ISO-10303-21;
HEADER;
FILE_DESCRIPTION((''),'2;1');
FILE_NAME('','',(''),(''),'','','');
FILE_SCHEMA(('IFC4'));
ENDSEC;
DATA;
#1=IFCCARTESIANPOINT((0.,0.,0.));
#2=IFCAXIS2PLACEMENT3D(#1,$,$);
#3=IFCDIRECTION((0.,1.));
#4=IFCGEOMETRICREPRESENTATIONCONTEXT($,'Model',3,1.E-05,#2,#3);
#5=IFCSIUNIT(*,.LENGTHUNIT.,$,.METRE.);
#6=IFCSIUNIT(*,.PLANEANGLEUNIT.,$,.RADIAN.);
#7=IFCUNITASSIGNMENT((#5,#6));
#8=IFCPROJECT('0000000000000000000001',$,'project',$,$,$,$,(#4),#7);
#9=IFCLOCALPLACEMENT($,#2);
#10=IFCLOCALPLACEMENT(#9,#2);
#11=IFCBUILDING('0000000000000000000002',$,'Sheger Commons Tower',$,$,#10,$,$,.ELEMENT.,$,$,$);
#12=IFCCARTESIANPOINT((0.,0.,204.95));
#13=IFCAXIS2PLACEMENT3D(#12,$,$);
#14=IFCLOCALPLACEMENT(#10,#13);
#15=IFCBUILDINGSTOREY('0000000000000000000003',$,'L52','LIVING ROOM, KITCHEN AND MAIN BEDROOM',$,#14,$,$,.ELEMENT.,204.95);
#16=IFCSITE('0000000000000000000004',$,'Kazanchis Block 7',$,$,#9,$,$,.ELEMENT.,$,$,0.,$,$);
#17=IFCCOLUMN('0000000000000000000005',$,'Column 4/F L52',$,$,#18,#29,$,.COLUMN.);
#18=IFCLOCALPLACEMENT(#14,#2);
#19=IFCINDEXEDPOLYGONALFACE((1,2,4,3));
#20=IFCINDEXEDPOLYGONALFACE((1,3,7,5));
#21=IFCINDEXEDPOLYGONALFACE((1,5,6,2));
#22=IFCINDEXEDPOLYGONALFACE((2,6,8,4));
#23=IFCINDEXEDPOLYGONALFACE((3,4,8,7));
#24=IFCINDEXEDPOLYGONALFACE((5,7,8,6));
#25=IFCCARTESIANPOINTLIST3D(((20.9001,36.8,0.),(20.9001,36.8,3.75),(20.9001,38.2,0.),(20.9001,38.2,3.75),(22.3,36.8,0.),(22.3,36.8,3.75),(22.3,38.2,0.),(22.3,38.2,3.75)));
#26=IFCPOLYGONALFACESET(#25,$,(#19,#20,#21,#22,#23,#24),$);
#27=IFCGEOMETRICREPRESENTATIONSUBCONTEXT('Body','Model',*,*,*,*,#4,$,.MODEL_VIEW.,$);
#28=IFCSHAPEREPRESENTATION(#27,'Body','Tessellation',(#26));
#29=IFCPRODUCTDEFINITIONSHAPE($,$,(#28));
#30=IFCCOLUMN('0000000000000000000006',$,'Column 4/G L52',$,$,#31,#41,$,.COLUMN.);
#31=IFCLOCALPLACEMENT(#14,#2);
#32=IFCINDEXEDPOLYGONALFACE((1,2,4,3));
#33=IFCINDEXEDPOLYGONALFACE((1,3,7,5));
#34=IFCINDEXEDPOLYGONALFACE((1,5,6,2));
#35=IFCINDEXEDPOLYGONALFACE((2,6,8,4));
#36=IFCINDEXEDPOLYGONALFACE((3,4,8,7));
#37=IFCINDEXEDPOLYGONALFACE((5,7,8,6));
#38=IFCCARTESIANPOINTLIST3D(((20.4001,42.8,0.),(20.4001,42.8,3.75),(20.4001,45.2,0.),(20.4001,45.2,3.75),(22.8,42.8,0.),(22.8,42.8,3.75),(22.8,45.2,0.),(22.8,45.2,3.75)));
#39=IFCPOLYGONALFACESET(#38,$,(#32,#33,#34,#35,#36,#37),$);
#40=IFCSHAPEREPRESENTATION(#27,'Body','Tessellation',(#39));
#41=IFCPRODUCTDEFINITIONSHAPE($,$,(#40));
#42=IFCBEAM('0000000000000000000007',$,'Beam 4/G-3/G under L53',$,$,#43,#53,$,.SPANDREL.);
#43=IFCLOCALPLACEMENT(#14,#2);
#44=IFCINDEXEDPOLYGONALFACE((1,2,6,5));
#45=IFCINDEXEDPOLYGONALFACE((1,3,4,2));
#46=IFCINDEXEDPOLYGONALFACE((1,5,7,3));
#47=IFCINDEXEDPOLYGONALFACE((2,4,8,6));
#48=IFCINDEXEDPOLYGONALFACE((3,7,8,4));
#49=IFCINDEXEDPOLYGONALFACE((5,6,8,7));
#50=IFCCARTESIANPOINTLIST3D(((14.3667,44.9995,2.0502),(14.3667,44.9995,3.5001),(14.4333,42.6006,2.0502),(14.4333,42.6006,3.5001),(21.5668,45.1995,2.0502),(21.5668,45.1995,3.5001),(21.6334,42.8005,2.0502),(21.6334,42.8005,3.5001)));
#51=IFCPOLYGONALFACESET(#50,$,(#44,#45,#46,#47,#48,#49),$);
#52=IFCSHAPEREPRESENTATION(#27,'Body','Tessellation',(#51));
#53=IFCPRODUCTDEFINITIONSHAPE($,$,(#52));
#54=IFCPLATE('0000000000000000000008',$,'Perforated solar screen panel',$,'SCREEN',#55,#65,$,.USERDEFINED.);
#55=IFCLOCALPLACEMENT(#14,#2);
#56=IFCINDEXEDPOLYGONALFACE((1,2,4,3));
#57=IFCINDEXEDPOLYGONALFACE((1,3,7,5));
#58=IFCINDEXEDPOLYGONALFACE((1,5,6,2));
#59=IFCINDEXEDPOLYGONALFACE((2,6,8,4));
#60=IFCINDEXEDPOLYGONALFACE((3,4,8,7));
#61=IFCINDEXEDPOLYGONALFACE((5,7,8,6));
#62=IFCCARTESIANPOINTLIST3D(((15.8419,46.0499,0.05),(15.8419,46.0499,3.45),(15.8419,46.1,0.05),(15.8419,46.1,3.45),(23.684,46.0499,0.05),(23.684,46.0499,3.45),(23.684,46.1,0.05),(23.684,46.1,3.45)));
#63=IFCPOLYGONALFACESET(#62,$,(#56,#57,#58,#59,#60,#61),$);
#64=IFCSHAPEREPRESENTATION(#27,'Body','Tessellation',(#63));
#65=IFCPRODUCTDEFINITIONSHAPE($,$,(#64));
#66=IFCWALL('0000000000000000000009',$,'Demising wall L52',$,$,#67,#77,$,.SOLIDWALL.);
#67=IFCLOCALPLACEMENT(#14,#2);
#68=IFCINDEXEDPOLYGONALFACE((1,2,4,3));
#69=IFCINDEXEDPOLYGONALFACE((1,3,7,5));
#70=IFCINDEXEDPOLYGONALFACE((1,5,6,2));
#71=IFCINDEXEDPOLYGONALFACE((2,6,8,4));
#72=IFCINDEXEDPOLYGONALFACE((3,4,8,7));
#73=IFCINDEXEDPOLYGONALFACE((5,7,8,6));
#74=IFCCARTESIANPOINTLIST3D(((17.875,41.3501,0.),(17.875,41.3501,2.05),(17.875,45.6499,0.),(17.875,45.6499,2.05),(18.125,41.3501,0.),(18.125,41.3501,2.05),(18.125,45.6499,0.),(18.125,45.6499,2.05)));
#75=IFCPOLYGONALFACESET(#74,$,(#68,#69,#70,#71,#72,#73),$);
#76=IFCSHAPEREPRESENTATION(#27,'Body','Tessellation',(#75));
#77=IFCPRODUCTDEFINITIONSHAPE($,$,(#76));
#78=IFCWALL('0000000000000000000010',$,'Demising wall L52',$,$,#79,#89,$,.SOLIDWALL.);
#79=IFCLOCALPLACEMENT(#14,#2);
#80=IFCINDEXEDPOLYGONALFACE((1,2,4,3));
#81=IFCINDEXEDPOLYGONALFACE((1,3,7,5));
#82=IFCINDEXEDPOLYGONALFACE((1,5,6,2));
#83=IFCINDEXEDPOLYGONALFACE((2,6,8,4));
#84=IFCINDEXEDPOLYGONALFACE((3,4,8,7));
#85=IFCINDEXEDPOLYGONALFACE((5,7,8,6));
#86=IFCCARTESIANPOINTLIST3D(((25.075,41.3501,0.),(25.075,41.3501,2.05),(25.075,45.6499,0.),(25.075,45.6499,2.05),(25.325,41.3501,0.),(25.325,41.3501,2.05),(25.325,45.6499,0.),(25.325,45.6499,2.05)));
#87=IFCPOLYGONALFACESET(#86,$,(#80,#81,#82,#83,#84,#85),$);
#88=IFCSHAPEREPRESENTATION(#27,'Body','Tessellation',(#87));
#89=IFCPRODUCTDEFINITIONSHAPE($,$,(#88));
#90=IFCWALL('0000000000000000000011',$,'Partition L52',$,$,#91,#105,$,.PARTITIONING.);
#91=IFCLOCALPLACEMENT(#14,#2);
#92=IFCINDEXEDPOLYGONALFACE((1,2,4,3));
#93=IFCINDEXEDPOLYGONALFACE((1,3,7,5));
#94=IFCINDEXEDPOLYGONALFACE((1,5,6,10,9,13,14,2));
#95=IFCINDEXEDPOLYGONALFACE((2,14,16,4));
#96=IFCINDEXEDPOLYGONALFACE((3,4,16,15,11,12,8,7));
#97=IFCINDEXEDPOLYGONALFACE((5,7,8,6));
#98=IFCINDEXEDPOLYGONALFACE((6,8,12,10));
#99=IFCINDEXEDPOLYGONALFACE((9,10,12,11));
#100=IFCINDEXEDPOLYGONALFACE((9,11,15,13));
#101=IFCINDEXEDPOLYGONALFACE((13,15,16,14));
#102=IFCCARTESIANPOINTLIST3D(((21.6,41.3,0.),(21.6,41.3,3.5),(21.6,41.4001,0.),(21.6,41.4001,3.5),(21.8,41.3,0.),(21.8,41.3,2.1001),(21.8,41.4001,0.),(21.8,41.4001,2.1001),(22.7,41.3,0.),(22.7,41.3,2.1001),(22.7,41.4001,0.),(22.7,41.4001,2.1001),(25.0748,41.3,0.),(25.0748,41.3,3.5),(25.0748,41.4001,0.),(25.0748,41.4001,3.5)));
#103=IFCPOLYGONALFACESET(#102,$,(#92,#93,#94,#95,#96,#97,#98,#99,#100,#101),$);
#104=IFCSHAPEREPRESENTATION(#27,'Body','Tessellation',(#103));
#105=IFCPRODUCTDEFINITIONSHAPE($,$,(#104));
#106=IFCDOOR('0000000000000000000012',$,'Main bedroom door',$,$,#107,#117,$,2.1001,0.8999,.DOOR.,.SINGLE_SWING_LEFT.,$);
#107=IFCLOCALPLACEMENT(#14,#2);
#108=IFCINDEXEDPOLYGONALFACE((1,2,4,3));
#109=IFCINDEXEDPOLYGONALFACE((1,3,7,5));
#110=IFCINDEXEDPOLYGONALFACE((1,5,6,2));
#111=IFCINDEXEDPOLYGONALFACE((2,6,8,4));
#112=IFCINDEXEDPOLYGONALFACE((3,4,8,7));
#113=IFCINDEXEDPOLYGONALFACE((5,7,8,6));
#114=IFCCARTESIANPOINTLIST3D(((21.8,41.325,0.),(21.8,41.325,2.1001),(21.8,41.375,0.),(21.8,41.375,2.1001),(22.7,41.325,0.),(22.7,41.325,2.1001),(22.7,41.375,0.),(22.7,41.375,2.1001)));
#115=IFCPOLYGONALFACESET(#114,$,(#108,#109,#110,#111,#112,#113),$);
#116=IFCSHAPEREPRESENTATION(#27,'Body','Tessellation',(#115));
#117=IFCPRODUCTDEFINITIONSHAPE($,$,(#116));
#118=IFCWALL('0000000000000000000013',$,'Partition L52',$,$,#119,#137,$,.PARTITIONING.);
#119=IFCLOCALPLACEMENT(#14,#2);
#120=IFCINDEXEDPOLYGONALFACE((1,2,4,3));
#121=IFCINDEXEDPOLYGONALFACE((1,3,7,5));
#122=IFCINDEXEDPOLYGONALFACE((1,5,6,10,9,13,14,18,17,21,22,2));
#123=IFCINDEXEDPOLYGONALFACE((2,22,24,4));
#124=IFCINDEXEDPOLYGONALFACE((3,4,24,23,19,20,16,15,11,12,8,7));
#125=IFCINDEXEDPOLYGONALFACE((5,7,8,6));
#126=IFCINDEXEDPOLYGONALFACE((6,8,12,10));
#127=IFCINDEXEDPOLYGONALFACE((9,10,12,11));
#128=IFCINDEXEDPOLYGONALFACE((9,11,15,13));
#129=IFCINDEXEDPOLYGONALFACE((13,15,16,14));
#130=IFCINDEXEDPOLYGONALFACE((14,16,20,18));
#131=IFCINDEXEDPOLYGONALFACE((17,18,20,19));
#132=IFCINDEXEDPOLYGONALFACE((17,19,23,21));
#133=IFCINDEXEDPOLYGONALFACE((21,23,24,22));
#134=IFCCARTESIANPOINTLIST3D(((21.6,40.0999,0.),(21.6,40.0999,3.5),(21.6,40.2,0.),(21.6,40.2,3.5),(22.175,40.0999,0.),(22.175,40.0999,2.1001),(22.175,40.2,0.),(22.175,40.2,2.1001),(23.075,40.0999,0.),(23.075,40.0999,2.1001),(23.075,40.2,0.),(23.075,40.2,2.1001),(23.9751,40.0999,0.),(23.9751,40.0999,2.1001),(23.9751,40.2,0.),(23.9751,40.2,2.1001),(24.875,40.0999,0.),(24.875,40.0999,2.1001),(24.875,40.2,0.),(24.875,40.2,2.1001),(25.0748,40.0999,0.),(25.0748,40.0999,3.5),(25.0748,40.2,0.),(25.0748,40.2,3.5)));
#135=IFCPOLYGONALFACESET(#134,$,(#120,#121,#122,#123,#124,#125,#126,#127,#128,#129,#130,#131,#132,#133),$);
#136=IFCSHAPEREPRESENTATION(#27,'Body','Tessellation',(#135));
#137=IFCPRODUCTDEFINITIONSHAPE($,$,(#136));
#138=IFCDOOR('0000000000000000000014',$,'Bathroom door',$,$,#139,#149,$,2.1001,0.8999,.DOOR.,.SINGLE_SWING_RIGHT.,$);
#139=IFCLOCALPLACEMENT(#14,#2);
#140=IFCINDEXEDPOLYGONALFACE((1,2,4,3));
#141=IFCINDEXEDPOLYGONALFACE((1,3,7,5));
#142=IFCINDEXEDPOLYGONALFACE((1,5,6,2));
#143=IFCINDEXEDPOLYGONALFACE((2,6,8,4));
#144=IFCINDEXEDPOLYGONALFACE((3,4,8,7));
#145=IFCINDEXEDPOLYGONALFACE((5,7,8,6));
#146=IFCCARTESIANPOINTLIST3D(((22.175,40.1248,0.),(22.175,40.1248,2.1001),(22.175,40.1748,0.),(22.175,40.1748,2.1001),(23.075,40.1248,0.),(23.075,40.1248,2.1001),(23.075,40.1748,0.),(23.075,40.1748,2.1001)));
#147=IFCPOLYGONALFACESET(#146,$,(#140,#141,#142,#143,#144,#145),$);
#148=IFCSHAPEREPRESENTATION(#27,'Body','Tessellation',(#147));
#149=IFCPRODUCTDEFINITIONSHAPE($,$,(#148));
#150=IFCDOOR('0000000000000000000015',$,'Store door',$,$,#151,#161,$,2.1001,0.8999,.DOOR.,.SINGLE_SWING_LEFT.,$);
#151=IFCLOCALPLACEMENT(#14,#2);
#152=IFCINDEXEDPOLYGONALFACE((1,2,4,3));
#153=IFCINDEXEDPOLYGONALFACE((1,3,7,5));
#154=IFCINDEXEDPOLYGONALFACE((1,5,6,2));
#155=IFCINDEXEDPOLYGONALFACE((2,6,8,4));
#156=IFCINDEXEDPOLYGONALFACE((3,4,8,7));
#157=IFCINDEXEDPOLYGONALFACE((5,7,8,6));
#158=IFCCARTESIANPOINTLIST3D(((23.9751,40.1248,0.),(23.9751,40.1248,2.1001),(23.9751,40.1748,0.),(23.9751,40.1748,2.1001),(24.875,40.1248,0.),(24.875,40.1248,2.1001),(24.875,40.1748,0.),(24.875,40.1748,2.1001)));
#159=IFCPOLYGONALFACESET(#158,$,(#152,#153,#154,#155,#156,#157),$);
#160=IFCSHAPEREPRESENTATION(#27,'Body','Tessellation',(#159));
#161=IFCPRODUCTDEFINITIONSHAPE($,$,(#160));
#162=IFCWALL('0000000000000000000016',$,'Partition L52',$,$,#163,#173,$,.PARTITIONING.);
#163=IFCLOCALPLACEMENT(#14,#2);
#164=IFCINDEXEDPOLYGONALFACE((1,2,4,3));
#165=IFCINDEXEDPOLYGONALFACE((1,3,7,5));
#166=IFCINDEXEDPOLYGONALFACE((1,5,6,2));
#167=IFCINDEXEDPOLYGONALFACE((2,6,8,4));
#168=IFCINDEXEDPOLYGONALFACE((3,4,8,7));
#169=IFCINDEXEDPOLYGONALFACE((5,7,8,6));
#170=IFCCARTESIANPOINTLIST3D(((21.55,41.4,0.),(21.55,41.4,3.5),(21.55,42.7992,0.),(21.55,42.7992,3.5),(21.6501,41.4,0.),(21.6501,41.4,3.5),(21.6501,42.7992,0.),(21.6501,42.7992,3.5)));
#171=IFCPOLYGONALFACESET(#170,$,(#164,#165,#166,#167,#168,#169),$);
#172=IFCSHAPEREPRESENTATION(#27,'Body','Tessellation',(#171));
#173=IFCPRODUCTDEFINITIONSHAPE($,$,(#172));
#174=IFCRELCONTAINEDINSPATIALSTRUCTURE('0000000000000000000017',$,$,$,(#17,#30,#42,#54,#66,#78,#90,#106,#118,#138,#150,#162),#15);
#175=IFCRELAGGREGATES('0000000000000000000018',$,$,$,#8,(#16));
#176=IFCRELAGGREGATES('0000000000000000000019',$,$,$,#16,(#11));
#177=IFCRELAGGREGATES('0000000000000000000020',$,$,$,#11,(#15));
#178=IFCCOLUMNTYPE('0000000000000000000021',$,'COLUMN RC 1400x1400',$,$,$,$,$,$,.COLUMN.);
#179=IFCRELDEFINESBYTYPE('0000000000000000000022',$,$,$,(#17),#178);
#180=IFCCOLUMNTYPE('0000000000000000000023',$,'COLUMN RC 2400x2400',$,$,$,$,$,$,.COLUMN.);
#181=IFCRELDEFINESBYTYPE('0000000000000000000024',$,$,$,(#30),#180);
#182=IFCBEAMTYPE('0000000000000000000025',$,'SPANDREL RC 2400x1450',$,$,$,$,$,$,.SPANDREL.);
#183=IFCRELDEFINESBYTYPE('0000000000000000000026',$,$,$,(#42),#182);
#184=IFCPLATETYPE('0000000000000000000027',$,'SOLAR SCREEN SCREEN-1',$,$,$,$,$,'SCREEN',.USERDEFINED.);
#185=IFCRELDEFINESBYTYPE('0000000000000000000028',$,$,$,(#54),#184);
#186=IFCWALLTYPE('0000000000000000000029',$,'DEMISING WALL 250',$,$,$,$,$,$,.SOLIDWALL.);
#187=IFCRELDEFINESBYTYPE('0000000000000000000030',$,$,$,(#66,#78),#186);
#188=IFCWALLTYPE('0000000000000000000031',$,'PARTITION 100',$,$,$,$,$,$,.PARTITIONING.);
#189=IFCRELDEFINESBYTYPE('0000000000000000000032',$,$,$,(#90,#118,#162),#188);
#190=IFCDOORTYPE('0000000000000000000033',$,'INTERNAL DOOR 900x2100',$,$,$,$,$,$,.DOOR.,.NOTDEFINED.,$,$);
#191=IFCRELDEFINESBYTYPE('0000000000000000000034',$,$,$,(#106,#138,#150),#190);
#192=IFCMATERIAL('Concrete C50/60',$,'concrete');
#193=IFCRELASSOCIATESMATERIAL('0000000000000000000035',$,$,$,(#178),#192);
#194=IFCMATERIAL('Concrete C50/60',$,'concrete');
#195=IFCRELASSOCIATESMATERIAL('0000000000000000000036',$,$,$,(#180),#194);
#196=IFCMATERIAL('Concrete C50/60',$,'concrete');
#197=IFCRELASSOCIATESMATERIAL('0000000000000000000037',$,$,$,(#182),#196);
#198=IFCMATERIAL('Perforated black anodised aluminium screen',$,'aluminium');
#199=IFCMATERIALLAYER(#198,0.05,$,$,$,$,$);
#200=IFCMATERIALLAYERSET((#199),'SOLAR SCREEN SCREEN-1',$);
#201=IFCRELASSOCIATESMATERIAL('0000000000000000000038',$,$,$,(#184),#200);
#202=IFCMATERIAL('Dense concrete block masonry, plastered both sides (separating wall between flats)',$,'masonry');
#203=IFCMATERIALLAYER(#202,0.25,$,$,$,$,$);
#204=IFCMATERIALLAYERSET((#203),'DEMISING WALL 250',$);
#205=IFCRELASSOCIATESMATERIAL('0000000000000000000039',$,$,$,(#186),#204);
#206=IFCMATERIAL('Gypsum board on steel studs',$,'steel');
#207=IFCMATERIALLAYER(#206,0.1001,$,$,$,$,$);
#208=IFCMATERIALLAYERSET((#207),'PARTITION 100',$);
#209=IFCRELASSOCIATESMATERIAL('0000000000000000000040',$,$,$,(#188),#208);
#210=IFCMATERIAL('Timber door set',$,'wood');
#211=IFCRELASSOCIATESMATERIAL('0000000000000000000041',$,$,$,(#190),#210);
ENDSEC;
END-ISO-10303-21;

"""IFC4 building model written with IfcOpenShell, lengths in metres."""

from ifc_helpers import new_model, si_unit, direction, frame, frame_2d, origin, origin_2d, place, context, subcontext, project, spatial, rectangle, extrude, material, layer, layer_set, material_profile, profile_set, type_object, element, fill, save


model = new_model("IFC4")

# Units and contexts
model_context = context("Model", 3, precision=1e-05, world=origin(), true_north=direction((0.0, 1.0)))
body_context = subcontext(model_context, "Body", "Model", "MODEL_VIEW")
ifc_project = project(units=[si_unit("LENGTHUNIT", "METRE"), si_unit("PLANEANGLEUNIT", "RADIAN")], contexts=[model_context])

# Site, building, storey
site_placement = place(None, origin())
site = spatial("IfcSite", under=ifc_project, at=site_placement, Name="Kazanchis Block 7", CompositionType="ELEMENT", RefElevation=0.0)
building_placement = place(site_placement, origin())
building = spatial("IfcBuilding", under=site, at=building_placement, Name="Sheger Commons Tower", CompositionType="ELEMENT")
storey_placement = place(building_placement, frame((0.0, 0.0, 204.95)))
storey = spatial("IfcBuildingStorey", under=building, at=storey_placement, Name="L52", Description="LIVING ROOM, KITCHEN AND MAIN BEDROOM", CompositionType="ELEMENT", Elevation=204.95)

# Columns
ifc_material_1 = material(Name="Concrete C50/60", Category="concrete")
ifc_material_profile_1 = material_profile(ifc_material_1, rectangle(XDim=1.3999, YDim=1.3999, at=origin_2d()), Name="RC 1400x1400")
ifc_profile_set_1 = profile_set([ifc_material_profile_1], Name="Concrete C50/60")
column_type_1 = type_object("IfcColumnType", Name="COLUMN RC 1400x1400", PredefinedType="COLUMN", material=ifc_profile_set_1)
column_1_placement = place(storey_placement, frame((21.6001, 37.5, 0.0), z_axis=(0.0, 0.0, 1.0), x_axis=(1.0, 0.0, 0.0)))
element("IfcColumn", 1, at=column_1_placement, inside=storey, type_object=column_type_1, Name="Column 4/F L52", PredefinedType="COLUMN", context=body_context, shape_type="SweptSolid", body=[
    extrude(rectangle(XDim=1.3999, YDim=1.3999, at=origin_2d()), origin(), (0.0, 0.0, 1.0), 3.75),
])
ifc_material_2 = material(Name="Concrete C50/60", Category="concrete")
ifc_material_profile_2 = material_profile(ifc_material_2, rectangle(XDim=2.3999, YDim=2.3999, at=origin_2d()), Name="RC 2400x2400")
ifc_profile_set_2 = profile_set([ifc_material_profile_2], Name="Concrete C50/60")
column_type_2 = type_object("IfcColumnType", Name="COLUMN RC 2400x2400", PredefinedType="COLUMN", material=ifc_profile_set_2)
column_2_placement = place(storey_placement, frame((21.6001, 44.0, 0.0), z_axis=(0.0, 0.0, 1.0), x_axis=(1.0, 0.0, 0.0)))
element("IfcColumn", 2, at=column_2_placement, inside=storey, type_object=column_type_2, Name="Column 4/G L52", PredefinedType="COLUMN", context=body_context, shape_type="SweptSolid", body=[
    extrude(rectangle(XDim=2.3999, YDim=2.3999, at=origin_2d()), origin(), (0.0, 0.0, 1.0), 3.75),
])

# Beam
ifc_material_3 = material(Name="Concrete C50/60", Category="concrete")
ifc_material_profile_3 = material_profile(ifc_material_3, rectangle(XDim=2.3999, YDim=1.45, at=origin_2d()), Name="RC 2400x1450")
ifc_profile_set_3 = profile_set([ifc_material_profile_3], Name="Concrete C50/60")
beam_type = type_object("IfcBeamType", Name="SPANDREL RC 2400x1450", PredefinedType="SPANDREL", material=ifc_profile_set_3)
beam_placement = place(storey_placement, frame((21.6001, 44.0, 2.7751), z_axis=(-0.999615, -0.02776, 0.0), x_axis=(0.02776, -0.999615, 0.0)))
element("IfcBeam", 3, at=beam_placement, inside=storey, type_object=beam_type, Name="Beam 4/G-3/G under L53", PredefinedType="SPANDREL", context=body_context, shape_type="SweptSolid", body=[
    extrude(rectangle(XDim=2.3999, YDim=1.45, at=origin_2d()), origin(), (0.0, 0.0, 1.0), 7.2029),
])

# Plate
ifc_material_4 = material(Name="Perforated black anodised aluminium screen", Category="aluminium")
ifc_layer_1 = layer(ifc_material_4, 0.05)
ifc_layer_set_1 = layer_set([ifc_layer_1], Name="SOLAR SCREEN SCREEN-1")
plate_type = type_object("IfcPlateType", Name="SOLAR SCREEN SCREEN-1", ElementType="SCREEN", PredefinedType="USERDEFINED", material=ifc_layer_set_1)
plate_placement = place(storey_placement, frame((19.7629, 46.075, 0.05), z_axis=(0.0, 0.0, 1.0), x_axis=(-1.0, 0.0, 0.0)))
element("IfcPlate", 4, at=plate_placement, inside=storey, type_object=plate_type, Name="Perforated solar screen panel", ObjectType="SCREEN", PredefinedType="USERDEFINED", context=body_context, shape_type="SweptSolid", body=[
    extrude(rectangle(XDim=7.842, YDim=0.05, at=origin_2d()), origin(), (0.0, 0.0, 1.0), 3.3999),
])

# Walls
ifc_material_5 = material(Name="Dense concrete block masonry, plastered both sides (separating wall between flats)", Category="masonry")
ifc_layer_2 = layer(ifc_material_5, 0.25)
ifc_layer_set_2 = layer_set([ifc_layer_2], Name="DEMISING WALL 250")
wall_type_1 = type_object("IfcWallType", Name="DEMISING WALL 250", PredefinedType="SOLIDWALL", material=ifc_layer_set_2)
for number, where, z_axis, x_axis, name in (
    (5, (18.0, 41.3501, 0.0), (0.0, 0.0, 1.0), (0.0, 1.0, 0.0), "Demising wall L52"),
    (6, (25.2, 41.3501, 0.0), (0.0, 0.0, 1.0), (0.0, 1.0, 0.0), "Demising wall L52"),
):
    element("IfcWall", number, at=place(storey_placement, frame(where, z_axis=z_axis, x_axis=x_axis)), inside=storey, type_object=wall_type_1, Name=name, PredefinedType="SOLIDWALL", context=body_context, shape_type="SweptSolid", body=[
        extrude(rectangle(XDim=4.2998, YDim=0.25, at=frame_2d((2.1499, 0.0))), origin(), (0.0, 0.0, 1.0), 2.05),
    ])

# Wall, opening, door
ifc_material_6 = material(Name="Gypsum board on steel studs", Category="steel")
ifc_layer_3 = layer(ifc_material_6, 0.1001)
ifc_layer_set_3 = layer_set([ifc_layer_3], Name="PARTITION 100")
wall_type_2 = type_object("IfcWallType", Name="PARTITION 100", PredefinedType="PARTITIONING", material=ifc_layer_set_3)
wall_1_placement = place(storey_placement, frame((21.6001, 41.3501, 0.0), z_axis=(0.0, 0.0, 1.0), x_axis=(1.0, 0.0, 0.0)))
wall_1 = element("IfcWall", 7, at=wall_1_placement, inside=storey, type_object=wall_type_2, Name="Partition L52", PredefinedType="PARTITIONING", context=body_context, shape_type="SweptSolid", body=[
    extrude(rectangle(XDim=3.4749, YDim=0.1001, at=frame_2d((1.7373, 0.0))), origin(), (0.0, 0.0, 1.0), 3.5),
])
opening_1_placement = place(wall_1_placement, frame((0.2, 0.0, 0.0)))
opening_1 = element("IfcOpeningElement", 8, at=opening_1_placement, cuts=wall_1, PredefinedType="OPENING", context=body_context, shape_type="SweptSolid", body=[
    extrude(rectangle(XDim=0.8999, YDim=2.1001, at=frame_2d((0.45, 1.05))), frame((0.0, 0.0601, 0.0), z_axis=(0.0, -1.0, 0.0), x_axis=(1.0, 0.0, 0.0)), (0.0, 0.0, 1.0), 0.1201),
])
ifc_material_7 = material(Name="Timber door set", Category="wood")
door_type = type_object("IfcDoorType", Name="INTERNAL DOOR 900x2100", OperationType="NOTDEFINED", PredefinedType="DOOR", material=ifc_material_7)
door_1_placement = place(opening_1_placement, origin())
door_1 = element("IfcDoor", 9, at=door_1_placement, inside=storey, type_object=door_type, Name="Main bedroom door", OperationType="SINGLE_SWING_LEFT", OverallHeight=2.1001, OverallWidth=0.8999, PredefinedType="DOOR", context=body_context, shape_type="SweptSolid", body=[
    extrude(rectangle(XDim=0.8999, YDim=2.1001, at=frame_2d((0.45, 1.05))), frame((0.0, 0.0249, 0.0), z_axis=(0.0, -1.0, 0.0), x_axis=(1.0, 0.0, 0.0)), (0.0, 0.0, 1.0), 0.05),
])
fill(opening_1, door_1)

# Wall, openings, doors
wall_2_placement = place(storey_placement, frame((21.6001, 40.1499, 0.0), z_axis=(0.0, 0.0, 1.0), x_axis=(1.0, 0.0, 0.0)))
wall_2 = element("IfcWall", 10, at=wall_2_placement, inside=storey, type_object=wall_type_2, Name="Partition L52", PredefinedType="PARTITIONING", context=body_context, shape_type="SweptSolid", body=[
    extrude(rectangle(XDim=3.4749, YDim=0.1001, at=frame_2d((1.7373, 0.0))), origin(), (0.0, 0.0, 1.0), 3.5),
])
opening_2_placement = place(wall_2_placement, frame((0.575, 0.0, 0.0)))
opening_2 = element("IfcOpeningElement", 11, at=opening_2_placement, cuts=wall_2, PredefinedType="OPENING", context=body_context, shape_type="SweptSolid", body=[
    extrude(rectangle(XDim=0.8999, YDim=2.1001, at=frame_2d((0.45, 1.05))), frame((0.0, 0.0601, 0.0), z_axis=(0.0, -1.0, 0.0), x_axis=(1.0, 0.0, 0.0)), (0.0, 0.0, 1.0), 0.1201),
])
opening_3_placement = place(wall_2_placement, frame((2.375, 0.0, 0.0)))
opening_3 = element("IfcOpeningElement", 12, at=opening_3_placement, cuts=wall_2, PredefinedType="OPENING", context=body_context, shape_type="SweptSolid", body=[
    extrude(rectangle(XDim=0.8999, YDim=2.1001, at=frame_2d((0.45, 1.05))), frame((0.0, 0.0601, 0.0), z_axis=(0.0, -1.0, 0.0), x_axis=(1.0, 0.0, 0.0)), (0.0, 0.0, 1.0), 0.1201),
])
door_2_placement = place(opening_2_placement, origin())
door_2 = element("IfcDoor", 13, at=door_2_placement, inside=storey, type_object=door_type, Name="Bathroom door", OperationType="SINGLE_SWING_RIGHT", OverallHeight=2.1001, OverallWidth=0.8999, PredefinedType="DOOR", context=body_context, shape_type="SweptSolid", body=[
    extrude(rectangle(XDim=0.8999, YDim=2.1001, at=frame_2d((0.45, 1.05))), frame((0.0, 0.0249, 0.0), z_axis=(0.0, -1.0, 0.0), x_axis=(1.0, 0.0, 0.0)), (0.0, 0.0, 1.0), 0.05),
])
fill(opening_2, door_2)
door_3_placement = place(opening_3_placement, origin())
door_3 = element("IfcDoor", 14, at=door_3_placement, inside=storey, type_object=door_type, Name="Store door", OperationType="SINGLE_SWING_LEFT", OverallHeight=2.1001, OverallWidth=0.8999, PredefinedType="DOOR", context=body_context, shape_type="SweptSolid", body=[
    extrude(rectangle(XDim=0.8999, YDim=2.1001, at=frame_2d((0.45, 1.05))), frame((0.0, 0.0249, 0.0), z_axis=(0.0, -1.0, 0.0), x_axis=(1.0, 0.0, 0.0)), (0.0, 0.0, 1.0), 0.05),
])
fill(opening_3, door_3)

# Wall
wall_3_placement = place(storey_placement, frame((21.6001, 41.3999, 0.0), z_axis=(0.0, 0.0, 1.0), x_axis=(0.0, 1.0, 0.0)))
element("IfcWall", 15, at=wall_3_placement, inside=storey, type_object=wall_type_2, Name="Partition L52", PredefinedType="PARTITIONING", context=body_context, shape_type="SweptSolid", body=[
    extrude(rectangle(XDim=1.3992, YDim=0.1001, at=frame_2d((0.6997, 0.0))), origin(), (0.0, 0.0, 1.0), 3.5),
])

save(model, "model.ifc")
